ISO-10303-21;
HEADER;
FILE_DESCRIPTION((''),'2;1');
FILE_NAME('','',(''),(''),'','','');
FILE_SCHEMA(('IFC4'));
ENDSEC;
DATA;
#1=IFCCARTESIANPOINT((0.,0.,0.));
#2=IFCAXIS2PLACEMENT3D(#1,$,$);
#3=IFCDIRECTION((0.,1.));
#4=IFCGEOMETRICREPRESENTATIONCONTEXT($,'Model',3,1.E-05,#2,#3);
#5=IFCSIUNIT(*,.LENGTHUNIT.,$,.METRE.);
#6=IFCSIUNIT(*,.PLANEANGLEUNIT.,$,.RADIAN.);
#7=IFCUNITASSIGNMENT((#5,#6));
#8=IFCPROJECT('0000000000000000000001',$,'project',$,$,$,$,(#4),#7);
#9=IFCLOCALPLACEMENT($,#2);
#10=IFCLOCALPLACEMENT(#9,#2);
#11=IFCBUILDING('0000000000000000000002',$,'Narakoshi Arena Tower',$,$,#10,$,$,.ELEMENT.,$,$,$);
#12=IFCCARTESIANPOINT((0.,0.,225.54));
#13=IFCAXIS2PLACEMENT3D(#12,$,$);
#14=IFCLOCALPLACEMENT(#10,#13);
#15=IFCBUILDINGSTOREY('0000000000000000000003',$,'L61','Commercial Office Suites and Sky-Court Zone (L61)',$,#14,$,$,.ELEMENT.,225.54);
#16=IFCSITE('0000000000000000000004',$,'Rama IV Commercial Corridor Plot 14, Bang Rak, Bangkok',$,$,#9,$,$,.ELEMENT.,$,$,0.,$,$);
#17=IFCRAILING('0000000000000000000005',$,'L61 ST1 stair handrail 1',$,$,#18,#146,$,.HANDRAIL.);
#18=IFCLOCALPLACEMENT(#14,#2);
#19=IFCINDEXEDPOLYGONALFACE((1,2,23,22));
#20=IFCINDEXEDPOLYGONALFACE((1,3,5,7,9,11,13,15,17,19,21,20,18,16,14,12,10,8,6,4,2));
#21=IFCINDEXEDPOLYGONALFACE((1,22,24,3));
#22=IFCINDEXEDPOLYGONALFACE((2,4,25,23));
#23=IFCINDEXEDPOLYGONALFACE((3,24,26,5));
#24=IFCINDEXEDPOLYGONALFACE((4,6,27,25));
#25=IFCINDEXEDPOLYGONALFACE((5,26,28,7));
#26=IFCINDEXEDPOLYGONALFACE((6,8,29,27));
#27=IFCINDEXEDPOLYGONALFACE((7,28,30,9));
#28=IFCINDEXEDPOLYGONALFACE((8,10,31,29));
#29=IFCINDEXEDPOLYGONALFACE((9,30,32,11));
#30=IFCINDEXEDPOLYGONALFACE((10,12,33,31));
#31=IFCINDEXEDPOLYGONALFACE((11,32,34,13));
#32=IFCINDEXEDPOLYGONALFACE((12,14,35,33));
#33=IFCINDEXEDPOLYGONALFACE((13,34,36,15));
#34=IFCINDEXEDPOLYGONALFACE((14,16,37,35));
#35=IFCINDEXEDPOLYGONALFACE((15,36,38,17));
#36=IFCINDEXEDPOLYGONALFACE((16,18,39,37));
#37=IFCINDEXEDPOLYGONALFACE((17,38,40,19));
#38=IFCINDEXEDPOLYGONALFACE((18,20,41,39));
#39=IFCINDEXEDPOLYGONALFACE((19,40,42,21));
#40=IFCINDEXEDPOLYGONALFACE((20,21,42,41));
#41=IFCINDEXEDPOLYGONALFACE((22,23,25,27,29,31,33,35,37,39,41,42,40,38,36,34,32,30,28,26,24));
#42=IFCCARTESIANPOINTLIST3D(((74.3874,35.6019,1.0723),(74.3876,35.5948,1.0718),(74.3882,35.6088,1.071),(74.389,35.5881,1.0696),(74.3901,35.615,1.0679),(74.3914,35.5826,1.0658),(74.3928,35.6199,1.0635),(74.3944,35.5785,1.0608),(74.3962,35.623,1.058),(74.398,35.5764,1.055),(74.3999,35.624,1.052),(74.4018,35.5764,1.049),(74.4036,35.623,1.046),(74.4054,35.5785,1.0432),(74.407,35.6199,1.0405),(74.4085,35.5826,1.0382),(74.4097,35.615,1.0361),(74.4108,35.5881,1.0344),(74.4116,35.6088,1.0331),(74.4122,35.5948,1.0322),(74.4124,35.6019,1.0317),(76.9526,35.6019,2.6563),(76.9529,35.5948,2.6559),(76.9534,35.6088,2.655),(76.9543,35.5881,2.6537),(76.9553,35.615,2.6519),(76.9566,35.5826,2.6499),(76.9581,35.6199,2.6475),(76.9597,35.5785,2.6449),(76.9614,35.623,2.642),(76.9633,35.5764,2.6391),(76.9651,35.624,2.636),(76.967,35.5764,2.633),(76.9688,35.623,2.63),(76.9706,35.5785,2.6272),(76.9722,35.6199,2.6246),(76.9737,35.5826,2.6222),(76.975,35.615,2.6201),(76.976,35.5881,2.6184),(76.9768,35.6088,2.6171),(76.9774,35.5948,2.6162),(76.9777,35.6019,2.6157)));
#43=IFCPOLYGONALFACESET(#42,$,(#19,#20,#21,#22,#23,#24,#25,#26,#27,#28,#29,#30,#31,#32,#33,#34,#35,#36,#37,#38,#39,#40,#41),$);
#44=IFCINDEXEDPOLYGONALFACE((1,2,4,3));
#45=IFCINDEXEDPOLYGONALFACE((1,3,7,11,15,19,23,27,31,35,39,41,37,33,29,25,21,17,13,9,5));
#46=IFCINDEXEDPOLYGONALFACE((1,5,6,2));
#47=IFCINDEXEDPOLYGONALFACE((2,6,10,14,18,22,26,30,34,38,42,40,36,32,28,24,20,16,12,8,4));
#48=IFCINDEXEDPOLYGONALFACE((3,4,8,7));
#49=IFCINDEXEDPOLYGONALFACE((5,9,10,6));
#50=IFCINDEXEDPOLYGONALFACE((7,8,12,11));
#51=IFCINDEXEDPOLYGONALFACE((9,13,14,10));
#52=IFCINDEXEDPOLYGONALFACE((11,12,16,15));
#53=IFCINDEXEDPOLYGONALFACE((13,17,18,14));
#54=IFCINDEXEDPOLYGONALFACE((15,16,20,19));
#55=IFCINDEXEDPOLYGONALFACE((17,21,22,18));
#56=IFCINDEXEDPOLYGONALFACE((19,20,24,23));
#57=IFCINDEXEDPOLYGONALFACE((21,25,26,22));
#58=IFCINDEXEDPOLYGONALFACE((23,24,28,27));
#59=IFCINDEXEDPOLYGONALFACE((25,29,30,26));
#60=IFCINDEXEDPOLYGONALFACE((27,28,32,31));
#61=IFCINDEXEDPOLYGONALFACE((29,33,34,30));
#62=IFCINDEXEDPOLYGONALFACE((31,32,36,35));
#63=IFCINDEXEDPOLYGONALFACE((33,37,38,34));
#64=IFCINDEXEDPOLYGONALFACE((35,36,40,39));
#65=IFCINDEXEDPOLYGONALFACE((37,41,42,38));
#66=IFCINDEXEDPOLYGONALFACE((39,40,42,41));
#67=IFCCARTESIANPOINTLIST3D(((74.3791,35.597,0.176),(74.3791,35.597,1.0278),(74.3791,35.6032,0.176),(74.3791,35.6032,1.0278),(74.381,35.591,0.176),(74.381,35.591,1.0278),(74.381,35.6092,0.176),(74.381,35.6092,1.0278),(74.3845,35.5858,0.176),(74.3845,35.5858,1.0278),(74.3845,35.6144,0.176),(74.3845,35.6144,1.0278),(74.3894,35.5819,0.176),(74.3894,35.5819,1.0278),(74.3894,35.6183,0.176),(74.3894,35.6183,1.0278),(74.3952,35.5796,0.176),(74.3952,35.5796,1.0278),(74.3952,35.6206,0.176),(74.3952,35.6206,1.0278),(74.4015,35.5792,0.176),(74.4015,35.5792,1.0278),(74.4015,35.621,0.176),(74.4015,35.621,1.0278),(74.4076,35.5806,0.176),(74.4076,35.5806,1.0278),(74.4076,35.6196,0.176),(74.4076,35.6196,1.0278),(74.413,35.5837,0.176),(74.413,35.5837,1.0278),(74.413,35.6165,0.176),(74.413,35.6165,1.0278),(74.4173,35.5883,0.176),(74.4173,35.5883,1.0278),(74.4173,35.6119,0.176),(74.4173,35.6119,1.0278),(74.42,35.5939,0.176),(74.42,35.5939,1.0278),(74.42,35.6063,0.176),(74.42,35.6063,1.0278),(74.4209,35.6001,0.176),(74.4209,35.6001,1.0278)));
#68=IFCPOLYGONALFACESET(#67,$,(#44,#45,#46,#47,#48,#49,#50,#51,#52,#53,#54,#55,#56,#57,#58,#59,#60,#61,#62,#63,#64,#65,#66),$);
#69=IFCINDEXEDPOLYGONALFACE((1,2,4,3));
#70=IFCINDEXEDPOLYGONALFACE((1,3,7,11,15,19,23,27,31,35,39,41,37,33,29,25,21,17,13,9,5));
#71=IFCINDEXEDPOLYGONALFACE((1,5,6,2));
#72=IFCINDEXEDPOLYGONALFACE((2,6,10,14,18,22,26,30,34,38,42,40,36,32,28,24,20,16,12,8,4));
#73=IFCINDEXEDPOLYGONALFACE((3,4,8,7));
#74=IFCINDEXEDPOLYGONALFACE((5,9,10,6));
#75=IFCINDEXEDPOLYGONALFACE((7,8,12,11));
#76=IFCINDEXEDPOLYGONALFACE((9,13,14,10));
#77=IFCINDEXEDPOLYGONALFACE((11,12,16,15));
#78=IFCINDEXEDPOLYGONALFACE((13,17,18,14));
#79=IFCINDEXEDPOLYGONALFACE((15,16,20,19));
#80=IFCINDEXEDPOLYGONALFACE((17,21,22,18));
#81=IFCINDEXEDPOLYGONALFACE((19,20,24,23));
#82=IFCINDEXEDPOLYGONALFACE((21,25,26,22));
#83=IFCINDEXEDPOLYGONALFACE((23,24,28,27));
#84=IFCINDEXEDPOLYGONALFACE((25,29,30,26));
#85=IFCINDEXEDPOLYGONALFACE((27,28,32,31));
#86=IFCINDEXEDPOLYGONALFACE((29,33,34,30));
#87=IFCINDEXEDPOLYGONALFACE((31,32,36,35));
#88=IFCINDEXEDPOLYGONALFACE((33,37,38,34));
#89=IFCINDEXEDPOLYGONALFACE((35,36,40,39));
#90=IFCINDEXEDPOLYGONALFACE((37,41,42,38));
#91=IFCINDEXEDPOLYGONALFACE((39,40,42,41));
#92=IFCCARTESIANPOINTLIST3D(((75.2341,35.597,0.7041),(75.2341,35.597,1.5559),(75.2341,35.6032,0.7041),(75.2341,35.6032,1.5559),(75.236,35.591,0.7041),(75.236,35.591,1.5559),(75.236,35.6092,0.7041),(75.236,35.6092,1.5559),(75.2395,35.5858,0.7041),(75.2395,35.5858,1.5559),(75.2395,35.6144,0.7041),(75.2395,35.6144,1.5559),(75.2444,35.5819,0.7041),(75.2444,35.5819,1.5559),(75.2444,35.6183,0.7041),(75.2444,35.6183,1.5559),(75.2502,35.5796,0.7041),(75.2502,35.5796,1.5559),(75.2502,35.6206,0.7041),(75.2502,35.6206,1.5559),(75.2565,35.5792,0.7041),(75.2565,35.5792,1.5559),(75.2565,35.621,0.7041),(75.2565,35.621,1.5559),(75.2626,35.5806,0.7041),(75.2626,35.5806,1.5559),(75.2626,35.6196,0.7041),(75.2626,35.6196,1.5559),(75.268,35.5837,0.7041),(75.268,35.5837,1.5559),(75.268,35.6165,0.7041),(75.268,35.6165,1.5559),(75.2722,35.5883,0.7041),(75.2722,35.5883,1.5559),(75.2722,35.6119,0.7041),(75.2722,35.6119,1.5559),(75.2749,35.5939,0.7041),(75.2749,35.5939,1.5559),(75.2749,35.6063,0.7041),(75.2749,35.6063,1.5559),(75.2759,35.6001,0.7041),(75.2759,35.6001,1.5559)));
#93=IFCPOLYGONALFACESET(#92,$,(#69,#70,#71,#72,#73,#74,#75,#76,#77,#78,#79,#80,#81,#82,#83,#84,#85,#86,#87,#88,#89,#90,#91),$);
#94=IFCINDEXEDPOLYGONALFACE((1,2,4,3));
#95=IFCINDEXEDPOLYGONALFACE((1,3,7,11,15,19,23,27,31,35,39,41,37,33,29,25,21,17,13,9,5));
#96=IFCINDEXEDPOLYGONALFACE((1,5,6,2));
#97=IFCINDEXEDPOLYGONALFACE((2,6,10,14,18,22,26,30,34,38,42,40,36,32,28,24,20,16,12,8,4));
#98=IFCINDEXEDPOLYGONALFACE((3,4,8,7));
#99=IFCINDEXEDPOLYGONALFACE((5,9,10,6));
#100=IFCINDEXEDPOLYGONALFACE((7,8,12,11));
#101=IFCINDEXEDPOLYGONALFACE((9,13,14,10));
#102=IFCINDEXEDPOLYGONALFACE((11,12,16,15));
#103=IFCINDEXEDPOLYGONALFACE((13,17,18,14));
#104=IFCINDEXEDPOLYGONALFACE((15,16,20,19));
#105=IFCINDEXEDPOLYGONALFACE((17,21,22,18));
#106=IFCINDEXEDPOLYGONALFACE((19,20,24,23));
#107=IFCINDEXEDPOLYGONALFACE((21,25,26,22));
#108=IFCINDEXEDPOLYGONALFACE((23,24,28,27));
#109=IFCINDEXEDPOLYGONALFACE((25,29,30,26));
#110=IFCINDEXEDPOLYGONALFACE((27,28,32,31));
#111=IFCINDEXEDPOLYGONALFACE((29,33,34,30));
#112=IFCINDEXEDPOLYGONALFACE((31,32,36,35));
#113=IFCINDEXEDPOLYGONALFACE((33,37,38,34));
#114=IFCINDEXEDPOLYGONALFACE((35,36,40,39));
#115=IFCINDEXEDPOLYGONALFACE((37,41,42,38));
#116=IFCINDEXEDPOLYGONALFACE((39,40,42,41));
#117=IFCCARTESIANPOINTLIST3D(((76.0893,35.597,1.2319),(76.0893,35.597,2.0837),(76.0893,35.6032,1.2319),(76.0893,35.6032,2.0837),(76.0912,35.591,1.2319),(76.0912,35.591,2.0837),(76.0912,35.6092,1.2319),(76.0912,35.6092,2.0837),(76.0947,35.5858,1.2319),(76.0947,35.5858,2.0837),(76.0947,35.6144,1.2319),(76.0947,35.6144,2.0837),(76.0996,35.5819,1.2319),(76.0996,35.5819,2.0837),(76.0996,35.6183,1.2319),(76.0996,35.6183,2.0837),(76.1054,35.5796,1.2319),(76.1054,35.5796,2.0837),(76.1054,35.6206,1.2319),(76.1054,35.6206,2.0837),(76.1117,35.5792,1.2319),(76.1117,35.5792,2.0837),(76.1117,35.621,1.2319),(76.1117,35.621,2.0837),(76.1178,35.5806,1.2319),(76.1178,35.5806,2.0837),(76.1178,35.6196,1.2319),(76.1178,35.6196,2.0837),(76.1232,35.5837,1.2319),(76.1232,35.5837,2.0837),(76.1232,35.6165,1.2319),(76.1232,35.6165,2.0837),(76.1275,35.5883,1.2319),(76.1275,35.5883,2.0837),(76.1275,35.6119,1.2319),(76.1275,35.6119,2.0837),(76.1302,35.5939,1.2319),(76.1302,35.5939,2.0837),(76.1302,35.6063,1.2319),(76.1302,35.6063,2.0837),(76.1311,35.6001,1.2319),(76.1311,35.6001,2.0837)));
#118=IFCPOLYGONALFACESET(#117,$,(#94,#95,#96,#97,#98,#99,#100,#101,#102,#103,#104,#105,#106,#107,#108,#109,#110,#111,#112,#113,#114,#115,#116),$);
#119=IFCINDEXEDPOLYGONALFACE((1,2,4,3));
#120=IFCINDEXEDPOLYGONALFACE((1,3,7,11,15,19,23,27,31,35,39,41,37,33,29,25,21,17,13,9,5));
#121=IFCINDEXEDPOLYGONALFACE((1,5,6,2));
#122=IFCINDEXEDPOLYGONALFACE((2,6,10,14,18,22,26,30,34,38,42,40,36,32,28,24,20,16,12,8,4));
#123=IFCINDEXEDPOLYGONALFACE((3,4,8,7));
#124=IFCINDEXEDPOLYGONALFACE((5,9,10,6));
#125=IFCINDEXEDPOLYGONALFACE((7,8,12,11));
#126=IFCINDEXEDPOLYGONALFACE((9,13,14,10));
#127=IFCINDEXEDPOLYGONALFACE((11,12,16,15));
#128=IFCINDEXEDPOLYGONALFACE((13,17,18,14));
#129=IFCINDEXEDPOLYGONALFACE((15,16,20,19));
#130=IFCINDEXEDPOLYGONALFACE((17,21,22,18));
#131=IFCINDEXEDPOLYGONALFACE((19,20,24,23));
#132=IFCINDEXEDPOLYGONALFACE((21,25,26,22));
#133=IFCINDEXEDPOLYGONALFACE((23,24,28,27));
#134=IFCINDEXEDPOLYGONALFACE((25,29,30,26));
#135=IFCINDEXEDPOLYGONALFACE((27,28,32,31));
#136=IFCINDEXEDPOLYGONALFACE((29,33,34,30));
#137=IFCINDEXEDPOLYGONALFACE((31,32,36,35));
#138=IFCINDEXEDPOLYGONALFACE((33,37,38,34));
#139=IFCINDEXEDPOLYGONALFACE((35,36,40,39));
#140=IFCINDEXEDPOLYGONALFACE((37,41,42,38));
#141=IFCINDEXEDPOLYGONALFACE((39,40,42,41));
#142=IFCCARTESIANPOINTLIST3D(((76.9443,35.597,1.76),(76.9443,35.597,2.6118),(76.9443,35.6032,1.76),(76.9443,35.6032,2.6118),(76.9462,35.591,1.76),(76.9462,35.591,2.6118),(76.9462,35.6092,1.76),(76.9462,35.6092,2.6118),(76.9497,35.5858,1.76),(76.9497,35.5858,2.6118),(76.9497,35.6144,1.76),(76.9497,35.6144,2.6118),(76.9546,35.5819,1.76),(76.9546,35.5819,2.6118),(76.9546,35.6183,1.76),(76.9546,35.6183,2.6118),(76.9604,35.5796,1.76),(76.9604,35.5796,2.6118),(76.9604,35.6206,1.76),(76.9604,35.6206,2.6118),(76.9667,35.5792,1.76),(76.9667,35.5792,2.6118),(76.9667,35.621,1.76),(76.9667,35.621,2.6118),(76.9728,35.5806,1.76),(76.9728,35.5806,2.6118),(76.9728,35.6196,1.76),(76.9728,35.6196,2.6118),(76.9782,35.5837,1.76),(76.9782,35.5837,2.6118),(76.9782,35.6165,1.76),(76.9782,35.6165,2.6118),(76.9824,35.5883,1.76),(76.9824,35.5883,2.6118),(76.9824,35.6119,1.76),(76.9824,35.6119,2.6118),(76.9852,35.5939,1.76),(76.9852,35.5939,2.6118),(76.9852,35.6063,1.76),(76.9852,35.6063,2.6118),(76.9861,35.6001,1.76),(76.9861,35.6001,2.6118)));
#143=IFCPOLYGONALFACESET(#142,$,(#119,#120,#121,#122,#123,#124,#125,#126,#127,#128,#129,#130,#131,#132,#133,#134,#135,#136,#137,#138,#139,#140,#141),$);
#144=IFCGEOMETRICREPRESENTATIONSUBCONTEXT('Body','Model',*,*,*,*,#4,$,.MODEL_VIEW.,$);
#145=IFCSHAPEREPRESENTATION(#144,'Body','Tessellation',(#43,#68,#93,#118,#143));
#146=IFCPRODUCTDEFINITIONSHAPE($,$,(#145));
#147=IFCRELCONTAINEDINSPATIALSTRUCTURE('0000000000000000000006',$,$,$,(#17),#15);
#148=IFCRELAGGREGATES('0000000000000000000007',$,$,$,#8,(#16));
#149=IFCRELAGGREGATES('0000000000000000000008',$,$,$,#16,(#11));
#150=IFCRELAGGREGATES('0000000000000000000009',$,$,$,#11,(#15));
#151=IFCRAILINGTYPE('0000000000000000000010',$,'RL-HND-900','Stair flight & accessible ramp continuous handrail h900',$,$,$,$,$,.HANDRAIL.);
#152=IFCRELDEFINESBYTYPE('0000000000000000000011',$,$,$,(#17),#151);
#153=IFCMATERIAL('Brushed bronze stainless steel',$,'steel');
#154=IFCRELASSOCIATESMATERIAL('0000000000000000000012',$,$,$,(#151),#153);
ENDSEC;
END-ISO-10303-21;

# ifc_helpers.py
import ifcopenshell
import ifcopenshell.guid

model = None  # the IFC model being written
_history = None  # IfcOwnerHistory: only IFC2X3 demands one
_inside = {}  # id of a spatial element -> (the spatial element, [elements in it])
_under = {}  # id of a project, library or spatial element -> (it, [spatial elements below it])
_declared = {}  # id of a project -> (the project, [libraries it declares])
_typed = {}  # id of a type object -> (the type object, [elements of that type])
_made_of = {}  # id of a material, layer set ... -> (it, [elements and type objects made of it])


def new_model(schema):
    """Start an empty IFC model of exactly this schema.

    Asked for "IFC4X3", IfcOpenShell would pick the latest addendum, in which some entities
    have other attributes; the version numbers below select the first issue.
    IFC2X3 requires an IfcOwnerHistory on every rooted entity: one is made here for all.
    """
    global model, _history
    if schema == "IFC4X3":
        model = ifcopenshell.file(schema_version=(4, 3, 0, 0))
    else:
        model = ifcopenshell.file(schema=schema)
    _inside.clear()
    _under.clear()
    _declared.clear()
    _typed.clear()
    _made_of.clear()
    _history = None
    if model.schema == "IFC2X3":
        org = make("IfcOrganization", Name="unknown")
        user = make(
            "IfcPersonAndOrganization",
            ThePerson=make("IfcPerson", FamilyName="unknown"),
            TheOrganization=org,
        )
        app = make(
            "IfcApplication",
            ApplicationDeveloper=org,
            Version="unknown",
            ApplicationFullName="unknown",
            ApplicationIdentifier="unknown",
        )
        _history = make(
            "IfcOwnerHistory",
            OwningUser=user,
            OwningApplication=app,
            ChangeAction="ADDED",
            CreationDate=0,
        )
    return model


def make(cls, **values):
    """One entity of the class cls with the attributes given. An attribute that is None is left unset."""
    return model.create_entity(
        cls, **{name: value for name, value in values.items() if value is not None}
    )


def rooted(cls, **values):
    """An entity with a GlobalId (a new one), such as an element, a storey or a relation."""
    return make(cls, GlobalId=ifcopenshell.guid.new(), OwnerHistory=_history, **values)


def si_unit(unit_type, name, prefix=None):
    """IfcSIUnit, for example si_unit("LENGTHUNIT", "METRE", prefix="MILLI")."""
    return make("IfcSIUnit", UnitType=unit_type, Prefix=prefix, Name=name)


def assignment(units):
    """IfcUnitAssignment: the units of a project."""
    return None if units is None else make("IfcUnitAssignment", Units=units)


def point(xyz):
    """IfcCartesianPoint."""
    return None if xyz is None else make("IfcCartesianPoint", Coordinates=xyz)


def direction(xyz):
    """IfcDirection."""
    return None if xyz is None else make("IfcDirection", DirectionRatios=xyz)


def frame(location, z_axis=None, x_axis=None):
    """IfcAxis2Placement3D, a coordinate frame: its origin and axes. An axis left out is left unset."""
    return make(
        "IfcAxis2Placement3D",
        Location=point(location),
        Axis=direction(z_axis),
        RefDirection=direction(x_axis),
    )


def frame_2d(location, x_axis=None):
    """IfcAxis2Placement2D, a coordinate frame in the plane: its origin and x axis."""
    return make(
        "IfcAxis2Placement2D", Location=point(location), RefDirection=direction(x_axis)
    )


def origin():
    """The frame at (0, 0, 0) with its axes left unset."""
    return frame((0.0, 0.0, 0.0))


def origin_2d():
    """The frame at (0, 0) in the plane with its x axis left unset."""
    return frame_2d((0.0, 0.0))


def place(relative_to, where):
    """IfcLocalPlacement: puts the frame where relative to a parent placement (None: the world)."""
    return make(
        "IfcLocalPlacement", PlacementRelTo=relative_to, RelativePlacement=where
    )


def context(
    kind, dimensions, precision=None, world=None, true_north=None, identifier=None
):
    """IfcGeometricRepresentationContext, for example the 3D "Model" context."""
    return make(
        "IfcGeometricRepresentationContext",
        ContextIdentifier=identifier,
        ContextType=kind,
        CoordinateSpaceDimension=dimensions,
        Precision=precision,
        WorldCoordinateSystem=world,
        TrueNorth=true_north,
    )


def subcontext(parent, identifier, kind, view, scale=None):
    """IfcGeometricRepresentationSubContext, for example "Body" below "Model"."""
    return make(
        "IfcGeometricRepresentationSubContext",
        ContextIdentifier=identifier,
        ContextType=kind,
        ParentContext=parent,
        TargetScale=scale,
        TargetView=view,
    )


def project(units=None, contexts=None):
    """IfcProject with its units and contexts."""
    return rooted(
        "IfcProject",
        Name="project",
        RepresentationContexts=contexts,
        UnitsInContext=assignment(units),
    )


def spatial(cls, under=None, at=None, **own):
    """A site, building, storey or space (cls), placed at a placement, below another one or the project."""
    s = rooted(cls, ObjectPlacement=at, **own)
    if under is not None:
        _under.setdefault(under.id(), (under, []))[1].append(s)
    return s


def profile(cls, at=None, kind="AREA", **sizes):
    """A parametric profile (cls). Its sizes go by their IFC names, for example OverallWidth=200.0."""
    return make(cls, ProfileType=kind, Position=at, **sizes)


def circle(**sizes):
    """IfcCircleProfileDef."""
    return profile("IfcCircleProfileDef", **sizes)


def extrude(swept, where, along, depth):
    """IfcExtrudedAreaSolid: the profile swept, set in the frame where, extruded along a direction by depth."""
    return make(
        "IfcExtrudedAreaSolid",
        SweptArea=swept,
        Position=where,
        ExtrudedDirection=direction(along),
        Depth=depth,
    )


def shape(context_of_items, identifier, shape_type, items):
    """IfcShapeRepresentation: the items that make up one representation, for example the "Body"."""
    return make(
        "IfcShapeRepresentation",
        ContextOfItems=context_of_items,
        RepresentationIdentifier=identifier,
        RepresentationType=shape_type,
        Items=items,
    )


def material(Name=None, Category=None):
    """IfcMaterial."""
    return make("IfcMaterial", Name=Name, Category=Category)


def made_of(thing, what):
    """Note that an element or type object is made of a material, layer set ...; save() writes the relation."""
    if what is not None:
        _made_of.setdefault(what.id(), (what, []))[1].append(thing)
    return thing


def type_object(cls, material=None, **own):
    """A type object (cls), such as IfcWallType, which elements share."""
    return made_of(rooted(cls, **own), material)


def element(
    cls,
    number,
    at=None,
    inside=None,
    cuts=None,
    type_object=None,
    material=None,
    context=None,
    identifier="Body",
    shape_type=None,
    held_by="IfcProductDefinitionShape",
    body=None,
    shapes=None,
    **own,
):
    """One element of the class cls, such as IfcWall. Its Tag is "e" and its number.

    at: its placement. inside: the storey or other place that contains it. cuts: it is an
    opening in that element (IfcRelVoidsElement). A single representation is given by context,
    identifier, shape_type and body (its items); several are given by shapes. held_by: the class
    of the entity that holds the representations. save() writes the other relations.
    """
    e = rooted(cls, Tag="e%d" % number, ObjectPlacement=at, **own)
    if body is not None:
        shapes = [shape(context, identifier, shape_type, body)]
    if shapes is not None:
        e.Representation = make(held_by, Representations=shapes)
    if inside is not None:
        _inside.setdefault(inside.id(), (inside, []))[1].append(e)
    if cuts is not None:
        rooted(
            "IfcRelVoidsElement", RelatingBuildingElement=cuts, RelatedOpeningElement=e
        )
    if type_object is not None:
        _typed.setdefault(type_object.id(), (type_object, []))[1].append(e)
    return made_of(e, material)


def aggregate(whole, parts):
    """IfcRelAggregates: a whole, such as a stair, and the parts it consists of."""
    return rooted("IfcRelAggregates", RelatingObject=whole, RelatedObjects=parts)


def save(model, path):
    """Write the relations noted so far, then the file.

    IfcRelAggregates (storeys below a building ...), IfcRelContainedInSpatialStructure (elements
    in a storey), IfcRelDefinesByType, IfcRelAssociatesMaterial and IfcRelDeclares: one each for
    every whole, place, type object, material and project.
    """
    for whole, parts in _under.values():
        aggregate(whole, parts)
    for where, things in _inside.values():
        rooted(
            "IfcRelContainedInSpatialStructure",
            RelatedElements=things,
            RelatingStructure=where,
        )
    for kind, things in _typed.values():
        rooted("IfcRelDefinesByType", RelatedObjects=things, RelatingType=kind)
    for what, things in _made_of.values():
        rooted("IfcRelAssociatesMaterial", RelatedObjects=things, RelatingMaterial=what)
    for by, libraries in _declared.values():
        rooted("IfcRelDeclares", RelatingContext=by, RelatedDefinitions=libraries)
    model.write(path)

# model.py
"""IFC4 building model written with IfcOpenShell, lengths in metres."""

from ifc_helpers import new_model, si_unit, direction, frame, origin, origin_2d, place, context, subcontext, project, spatial, circle, extrude, material, type_object, element, save


model = new_model("IFC4")

# Units and contexts
model_context = context("Model", 3, precision=1e-05, world=origin(), true_north=direction((0.0, 1.0)))
body_context = subcontext(model_context, "Body", "Model", "MODEL_VIEW")
ifc_project = project(units=[si_unit("LENGTHUNIT", "METRE"), si_unit("PLANEANGLEUNIT", "RADIAN")], contexts=[model_context])

# Site, building, storey
site_placement = place(None, origin())
site = spatial("IfcSite", under=ifc_project, at=site_placement, Name="Rama IV Commercial Corridor Plot 14, Bang Rak, Bangkok", CompositionType="ELEMENT", RefElevation=0.0)
building_placement = place(site_placement, origin())
building = spatial("IfcBuilding", under=site, at=building_placement, Name="Narakoshi Arena Tower", CompositionType="ELEMENT")
storey_placement = place(building_placement, frame((0.0, 0.0, 225.54)))
storey = spatial("IfcBuildingStorey", under=building, at=storey_placement, Name="L61", Description="Commercial Office Suites and Sky-Court Zone (L61)", CompositionType="ELEMENT", Elevation=225.54)

# Railing
ifc_material_1 = material(Name="Brushed bronze stainless steel", Category="steel")
railing_type_1 = type_object("IfcRailingType", Name="RL-HND-900", Description="Stair flight & accessible ramp continuous handrail h900", PredefinedType="HANDRAIL", material=ifc_material_1)
railing_1_placement = place(storey_placement, frame((74.3999, 35.6001, 0.176)))
element("IfcRailing", 1, at=railing_1_placement, inside=storey, type_object=railing_type_1, Name="L61 ST1 stair handrail 1", PredefinedType="HANDRAIL", context=body_context, shape_type="SweptSolid", body=[
    extrude(circle(Radius=0.0239, at=origin_2d()), frame((0.0, 0.0, 0.876), z_axis=(0.850857, 0.0, 0.525398), x_axis=(0.0, 1.0, 0.0)), (0.0, 0.0, 1.0), 3.0149),
    extrude(circle(Radius=0.021, at=origin_2d()), origin(), (0.0, 0.0, 1.0), 0.8518),
    extrude(circle(Radius=0.021, at=origin_2d()), frame((0.855, 0.0, 0.5281)), (0.0, 0.0, 1.0), 0.8518),
    extrude(circle(Radius=0.021, at=origin_2d()), frame((1.7102, 0.0, 1.0559)), (0.0, 0.0, 1.0), 0.8518),
    extrude(circle(Radius=0.021, at=origin_2d()), frame((2.5652, 0.0, 1.584)), (0.0, 0.0, 1.0), 0.8518),
])

save(model, "model.ifc")
